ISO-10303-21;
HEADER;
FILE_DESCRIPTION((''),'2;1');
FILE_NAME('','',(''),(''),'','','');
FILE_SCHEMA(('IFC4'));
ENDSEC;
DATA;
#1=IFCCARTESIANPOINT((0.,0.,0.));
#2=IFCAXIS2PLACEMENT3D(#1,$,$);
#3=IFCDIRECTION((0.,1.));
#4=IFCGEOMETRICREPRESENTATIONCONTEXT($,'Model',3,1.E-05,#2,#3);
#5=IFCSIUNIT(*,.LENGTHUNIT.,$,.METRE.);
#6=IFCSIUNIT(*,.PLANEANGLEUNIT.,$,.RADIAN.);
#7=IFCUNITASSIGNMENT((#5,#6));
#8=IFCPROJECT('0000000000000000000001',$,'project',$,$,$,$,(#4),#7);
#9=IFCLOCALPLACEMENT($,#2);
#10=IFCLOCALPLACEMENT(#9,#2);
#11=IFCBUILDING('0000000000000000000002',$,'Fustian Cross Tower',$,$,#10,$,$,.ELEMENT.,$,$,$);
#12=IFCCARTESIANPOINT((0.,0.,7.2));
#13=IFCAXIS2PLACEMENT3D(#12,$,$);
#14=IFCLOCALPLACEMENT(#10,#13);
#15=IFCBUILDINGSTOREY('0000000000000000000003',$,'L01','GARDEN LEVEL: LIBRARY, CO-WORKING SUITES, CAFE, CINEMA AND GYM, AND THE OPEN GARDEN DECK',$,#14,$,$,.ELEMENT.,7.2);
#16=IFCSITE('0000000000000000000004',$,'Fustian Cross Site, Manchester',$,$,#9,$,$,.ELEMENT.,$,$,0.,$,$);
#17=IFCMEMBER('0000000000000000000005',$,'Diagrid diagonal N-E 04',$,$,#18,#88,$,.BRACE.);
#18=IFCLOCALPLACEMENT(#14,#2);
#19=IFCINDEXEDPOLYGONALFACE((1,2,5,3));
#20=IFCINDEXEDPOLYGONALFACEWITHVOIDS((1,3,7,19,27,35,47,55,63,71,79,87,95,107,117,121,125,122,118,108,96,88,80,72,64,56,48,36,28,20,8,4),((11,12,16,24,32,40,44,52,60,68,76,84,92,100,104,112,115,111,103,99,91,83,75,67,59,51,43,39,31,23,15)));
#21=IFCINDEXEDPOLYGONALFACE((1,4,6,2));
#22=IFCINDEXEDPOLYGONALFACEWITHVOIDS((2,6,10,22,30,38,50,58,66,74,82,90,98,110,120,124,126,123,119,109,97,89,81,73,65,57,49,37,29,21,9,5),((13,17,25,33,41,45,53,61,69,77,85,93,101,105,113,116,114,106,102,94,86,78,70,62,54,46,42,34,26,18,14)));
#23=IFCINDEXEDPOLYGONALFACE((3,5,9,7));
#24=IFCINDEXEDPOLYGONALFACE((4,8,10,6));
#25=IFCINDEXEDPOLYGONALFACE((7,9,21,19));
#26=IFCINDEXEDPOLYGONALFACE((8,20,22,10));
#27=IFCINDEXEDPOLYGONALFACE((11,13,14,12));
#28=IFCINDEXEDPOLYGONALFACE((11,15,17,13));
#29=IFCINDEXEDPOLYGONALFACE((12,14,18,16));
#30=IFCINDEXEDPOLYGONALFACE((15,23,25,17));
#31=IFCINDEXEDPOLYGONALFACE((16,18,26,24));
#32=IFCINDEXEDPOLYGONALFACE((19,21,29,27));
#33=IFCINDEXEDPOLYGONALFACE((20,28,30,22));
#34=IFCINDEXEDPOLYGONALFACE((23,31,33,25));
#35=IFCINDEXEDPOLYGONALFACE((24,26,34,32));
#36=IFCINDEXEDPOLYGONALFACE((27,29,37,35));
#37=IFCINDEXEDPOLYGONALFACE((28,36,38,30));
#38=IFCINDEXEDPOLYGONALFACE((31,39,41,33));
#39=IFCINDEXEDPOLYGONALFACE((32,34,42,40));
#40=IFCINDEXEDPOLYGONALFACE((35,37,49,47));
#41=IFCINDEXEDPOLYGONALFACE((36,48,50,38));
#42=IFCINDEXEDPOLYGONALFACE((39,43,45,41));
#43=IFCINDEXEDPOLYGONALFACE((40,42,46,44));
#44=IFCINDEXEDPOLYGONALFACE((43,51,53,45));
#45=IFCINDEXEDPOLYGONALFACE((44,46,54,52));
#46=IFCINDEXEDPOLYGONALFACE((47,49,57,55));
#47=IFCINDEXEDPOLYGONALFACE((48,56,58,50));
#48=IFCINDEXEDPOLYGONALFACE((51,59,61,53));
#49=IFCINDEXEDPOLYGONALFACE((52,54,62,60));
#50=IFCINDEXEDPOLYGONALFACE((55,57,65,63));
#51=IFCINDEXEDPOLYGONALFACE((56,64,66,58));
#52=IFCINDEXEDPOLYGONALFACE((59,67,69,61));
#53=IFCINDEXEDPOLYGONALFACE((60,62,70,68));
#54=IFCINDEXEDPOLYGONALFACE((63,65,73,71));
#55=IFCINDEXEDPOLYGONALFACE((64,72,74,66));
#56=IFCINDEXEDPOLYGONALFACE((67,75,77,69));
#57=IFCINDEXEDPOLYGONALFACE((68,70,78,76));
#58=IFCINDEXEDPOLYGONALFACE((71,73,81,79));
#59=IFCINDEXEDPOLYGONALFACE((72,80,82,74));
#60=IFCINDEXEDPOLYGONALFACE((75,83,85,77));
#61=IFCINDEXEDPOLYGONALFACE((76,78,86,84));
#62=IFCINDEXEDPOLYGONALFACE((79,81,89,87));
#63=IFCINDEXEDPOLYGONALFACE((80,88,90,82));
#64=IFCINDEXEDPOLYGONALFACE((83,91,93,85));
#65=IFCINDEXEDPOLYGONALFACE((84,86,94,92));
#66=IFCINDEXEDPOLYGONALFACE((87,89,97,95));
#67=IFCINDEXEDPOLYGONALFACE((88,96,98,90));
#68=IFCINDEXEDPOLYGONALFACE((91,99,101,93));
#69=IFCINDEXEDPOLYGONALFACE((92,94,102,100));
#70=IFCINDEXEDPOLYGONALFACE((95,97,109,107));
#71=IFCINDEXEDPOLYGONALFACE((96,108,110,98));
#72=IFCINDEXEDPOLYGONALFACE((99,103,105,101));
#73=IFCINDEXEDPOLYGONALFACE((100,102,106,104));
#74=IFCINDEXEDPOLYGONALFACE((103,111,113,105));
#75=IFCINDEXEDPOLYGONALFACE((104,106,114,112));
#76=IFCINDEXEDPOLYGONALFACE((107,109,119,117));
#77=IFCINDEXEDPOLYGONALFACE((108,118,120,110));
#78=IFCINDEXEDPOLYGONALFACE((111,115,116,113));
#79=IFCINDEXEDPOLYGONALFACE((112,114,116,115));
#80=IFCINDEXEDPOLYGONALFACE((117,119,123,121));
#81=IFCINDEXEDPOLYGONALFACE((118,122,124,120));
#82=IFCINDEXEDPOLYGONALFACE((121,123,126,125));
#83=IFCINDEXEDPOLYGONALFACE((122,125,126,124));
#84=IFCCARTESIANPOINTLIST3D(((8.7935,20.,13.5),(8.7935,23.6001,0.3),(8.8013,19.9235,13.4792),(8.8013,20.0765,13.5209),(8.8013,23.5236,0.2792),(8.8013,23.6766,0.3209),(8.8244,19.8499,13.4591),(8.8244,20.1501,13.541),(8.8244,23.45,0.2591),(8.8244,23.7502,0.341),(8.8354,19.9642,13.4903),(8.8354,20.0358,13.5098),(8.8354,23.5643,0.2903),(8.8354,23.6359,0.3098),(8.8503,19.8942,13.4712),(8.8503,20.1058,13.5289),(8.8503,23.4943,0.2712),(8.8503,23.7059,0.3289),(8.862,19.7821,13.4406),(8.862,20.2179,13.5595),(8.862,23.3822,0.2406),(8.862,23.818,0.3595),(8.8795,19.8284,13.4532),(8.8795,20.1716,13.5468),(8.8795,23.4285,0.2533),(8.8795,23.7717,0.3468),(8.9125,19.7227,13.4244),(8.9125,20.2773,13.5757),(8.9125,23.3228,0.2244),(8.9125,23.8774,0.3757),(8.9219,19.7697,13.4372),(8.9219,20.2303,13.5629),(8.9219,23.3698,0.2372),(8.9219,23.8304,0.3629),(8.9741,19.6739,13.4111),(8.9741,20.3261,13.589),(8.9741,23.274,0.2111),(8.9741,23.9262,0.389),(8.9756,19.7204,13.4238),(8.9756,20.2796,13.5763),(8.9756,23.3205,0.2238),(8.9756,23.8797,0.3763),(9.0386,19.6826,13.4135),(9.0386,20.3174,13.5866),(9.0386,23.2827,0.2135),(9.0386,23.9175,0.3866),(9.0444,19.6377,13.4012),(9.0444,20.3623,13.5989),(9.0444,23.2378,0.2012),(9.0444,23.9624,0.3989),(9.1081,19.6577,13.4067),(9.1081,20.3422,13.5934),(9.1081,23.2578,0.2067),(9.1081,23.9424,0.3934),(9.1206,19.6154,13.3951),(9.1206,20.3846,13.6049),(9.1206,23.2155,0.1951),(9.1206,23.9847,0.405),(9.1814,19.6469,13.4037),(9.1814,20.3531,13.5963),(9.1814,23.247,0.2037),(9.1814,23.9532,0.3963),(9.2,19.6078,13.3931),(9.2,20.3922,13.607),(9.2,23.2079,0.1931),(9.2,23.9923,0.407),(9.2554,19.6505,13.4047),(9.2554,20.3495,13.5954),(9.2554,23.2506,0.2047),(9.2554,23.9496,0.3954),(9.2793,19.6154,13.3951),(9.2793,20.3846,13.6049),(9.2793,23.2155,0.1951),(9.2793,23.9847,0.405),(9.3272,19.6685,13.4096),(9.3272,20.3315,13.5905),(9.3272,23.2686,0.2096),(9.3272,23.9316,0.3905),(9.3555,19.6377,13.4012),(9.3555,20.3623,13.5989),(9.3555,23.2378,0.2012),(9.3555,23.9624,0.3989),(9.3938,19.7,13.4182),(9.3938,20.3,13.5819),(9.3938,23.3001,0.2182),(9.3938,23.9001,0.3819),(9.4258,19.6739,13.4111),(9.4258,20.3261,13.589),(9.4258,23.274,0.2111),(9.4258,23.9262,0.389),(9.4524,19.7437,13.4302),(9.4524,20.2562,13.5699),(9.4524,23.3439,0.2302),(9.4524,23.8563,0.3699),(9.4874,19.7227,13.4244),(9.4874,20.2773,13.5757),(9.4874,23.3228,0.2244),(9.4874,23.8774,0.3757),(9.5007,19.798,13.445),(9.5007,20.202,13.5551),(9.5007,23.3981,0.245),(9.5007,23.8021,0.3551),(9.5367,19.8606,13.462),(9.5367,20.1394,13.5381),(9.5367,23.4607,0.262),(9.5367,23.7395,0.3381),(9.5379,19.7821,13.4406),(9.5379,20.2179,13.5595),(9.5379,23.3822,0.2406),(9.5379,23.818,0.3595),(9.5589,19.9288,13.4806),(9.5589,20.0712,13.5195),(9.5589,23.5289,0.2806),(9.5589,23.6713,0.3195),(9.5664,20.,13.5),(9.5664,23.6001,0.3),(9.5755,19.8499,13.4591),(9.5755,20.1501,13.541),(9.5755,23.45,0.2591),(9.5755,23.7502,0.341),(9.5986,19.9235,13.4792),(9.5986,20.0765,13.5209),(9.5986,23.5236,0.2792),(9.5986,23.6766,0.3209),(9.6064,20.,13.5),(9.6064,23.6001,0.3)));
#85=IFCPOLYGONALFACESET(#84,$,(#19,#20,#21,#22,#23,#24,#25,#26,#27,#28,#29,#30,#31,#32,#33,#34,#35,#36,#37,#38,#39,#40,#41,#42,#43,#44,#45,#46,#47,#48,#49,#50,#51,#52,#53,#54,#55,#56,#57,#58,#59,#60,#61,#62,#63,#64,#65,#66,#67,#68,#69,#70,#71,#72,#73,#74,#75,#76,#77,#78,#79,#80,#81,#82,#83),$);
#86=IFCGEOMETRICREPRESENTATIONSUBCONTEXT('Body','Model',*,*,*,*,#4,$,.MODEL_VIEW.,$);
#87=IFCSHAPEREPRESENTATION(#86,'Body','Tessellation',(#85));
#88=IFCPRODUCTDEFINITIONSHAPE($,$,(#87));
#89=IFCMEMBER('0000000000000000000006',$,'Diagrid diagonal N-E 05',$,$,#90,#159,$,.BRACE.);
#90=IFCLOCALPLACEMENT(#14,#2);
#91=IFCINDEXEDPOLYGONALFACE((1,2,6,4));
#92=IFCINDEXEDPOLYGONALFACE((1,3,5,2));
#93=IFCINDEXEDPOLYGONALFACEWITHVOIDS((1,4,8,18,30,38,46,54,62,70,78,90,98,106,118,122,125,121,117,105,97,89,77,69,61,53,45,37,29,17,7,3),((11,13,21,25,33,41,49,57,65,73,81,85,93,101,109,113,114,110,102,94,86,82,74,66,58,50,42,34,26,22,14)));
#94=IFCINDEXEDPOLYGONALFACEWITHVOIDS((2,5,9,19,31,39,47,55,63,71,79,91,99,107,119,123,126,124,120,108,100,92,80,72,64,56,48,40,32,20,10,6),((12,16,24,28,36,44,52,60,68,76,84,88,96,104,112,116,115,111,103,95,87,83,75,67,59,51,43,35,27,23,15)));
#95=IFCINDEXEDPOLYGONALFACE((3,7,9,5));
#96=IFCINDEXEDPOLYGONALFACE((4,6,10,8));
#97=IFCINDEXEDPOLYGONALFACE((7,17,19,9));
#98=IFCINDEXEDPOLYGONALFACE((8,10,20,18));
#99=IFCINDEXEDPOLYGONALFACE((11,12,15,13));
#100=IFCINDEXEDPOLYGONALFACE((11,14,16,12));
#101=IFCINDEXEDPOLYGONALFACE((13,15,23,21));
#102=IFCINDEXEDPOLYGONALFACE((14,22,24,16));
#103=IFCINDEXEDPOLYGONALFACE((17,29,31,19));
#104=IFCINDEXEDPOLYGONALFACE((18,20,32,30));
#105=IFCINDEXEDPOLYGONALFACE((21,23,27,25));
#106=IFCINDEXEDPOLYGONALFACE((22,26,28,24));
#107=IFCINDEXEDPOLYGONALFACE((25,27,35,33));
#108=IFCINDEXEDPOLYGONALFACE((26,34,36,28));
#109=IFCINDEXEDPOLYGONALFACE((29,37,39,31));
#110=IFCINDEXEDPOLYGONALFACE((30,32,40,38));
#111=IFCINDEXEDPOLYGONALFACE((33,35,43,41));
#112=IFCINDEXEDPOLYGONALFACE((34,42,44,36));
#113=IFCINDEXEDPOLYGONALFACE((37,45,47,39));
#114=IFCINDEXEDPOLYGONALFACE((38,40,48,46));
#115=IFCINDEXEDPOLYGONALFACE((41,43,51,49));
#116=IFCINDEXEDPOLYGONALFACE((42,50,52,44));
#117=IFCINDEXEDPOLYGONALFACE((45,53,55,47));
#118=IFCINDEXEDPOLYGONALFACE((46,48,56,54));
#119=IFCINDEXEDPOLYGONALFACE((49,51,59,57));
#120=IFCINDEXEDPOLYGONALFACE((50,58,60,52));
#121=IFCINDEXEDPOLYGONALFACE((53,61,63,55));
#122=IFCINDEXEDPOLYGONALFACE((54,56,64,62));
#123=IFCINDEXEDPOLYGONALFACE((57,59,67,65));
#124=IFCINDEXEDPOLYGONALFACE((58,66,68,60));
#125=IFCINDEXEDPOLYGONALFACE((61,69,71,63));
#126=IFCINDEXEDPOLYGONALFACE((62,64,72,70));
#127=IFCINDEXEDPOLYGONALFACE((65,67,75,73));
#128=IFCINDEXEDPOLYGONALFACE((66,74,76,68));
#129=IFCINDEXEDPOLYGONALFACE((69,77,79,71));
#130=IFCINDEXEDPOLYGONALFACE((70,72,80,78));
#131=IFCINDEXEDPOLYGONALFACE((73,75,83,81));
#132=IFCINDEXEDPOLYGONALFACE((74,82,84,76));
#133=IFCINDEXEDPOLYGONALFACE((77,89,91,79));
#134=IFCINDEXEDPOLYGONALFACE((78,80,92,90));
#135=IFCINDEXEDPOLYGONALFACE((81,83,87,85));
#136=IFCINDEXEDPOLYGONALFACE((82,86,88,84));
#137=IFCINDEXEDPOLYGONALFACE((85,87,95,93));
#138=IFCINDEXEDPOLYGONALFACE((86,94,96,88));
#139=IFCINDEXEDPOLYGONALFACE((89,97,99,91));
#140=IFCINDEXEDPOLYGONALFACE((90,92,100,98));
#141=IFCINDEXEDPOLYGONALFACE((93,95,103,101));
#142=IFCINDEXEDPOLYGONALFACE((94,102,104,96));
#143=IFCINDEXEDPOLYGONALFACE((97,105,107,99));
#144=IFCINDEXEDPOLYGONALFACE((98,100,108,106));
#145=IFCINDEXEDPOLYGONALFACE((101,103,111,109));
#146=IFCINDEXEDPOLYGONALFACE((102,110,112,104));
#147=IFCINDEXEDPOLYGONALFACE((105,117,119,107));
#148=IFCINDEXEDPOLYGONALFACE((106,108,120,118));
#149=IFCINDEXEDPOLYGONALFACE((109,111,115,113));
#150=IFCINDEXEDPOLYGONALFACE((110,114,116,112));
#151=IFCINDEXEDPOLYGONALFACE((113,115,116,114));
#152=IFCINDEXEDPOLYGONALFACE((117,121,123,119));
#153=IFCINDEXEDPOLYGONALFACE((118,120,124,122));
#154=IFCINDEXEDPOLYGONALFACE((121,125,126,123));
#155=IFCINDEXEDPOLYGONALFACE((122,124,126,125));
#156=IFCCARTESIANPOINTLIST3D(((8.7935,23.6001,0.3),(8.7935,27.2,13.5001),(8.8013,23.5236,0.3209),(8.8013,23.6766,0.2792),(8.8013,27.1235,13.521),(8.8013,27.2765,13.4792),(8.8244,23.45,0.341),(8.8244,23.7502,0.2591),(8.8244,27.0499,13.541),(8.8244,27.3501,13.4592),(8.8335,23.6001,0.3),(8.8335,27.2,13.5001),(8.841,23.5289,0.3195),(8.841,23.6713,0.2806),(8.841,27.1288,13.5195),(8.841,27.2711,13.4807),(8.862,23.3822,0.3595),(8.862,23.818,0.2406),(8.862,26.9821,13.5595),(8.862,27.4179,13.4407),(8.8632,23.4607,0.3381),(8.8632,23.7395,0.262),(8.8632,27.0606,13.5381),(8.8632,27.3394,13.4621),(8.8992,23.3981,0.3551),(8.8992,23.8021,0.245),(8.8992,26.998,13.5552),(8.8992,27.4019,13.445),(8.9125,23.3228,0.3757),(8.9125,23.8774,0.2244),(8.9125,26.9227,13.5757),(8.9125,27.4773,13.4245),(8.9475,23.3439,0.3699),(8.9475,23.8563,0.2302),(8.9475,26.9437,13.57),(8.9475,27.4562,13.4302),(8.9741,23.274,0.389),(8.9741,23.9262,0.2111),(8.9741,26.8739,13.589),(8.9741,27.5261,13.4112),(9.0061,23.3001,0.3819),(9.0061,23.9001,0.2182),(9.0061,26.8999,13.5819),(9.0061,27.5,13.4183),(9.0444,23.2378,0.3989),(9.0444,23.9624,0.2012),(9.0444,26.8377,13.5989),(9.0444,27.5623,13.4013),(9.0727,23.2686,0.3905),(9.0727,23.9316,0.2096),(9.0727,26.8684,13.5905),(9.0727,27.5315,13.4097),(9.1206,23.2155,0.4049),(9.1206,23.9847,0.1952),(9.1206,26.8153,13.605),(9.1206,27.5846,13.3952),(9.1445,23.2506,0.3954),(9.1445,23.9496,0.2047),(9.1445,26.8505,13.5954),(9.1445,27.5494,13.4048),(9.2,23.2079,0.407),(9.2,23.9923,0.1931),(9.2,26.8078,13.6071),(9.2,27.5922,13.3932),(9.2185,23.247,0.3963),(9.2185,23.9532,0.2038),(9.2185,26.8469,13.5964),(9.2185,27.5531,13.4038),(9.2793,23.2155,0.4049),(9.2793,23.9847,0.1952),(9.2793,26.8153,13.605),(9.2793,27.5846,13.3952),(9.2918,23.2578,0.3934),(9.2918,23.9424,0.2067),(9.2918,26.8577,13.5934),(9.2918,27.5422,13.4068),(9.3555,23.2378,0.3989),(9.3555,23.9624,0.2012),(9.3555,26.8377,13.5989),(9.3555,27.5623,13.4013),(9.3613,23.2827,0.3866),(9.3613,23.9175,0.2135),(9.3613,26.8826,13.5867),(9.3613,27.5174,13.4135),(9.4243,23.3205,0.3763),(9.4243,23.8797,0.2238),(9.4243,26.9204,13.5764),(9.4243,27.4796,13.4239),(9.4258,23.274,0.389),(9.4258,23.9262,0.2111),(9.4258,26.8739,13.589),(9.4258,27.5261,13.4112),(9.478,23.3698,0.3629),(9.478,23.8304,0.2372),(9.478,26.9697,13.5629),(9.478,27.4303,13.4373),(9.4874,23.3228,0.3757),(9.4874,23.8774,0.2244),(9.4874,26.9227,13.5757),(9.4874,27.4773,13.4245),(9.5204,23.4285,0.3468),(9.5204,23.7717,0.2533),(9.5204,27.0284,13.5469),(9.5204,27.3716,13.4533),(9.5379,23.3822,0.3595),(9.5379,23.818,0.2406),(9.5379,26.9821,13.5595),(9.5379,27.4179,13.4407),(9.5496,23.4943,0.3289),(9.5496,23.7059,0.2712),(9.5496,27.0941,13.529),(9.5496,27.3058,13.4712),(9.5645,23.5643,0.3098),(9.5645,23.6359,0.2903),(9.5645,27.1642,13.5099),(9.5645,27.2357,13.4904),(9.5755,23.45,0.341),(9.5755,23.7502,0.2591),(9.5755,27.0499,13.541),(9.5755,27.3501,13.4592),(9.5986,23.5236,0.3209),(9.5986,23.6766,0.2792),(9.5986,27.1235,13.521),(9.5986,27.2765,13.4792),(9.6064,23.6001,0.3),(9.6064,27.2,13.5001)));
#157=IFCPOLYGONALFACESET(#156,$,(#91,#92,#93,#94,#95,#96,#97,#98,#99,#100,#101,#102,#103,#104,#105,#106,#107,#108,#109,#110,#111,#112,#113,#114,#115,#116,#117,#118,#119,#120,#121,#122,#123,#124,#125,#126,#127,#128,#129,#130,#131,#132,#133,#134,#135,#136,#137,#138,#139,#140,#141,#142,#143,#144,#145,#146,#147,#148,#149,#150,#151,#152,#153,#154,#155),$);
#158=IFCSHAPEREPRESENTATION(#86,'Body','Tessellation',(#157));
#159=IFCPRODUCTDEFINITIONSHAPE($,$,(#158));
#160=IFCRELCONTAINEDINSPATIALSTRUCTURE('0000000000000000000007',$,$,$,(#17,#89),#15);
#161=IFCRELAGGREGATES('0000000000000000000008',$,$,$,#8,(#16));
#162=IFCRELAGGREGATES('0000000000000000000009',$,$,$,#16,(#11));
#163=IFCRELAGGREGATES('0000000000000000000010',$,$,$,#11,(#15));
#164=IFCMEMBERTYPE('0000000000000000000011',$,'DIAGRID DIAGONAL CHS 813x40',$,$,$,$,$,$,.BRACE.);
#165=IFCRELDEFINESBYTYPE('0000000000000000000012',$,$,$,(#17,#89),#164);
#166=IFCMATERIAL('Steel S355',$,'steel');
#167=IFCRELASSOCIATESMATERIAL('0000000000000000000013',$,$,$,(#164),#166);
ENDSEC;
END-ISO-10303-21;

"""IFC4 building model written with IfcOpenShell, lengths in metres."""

from ifc_helpers import new_model, si_unit, direction, frame, origin, origin_2d, place, context, subcontext, project, spatial, hollow_circle, extrude, material, material_profile, profile_set, type_object, element, save


model = new_model("IFC4")

# Units and contexts
model_context = context("Model", 3, precision=1e-05, world=origin(), true_north=direction((0.0, 1.0)))
body_context = subcontext(model_context, "Body", "Model", "MODEL_VIEW")
ifc_project = project(units=[si_unit("LENGTHUNIT", "METRE"), si_unit("PLANEANGLEUNIT", "RADIAN")], contexts=[model_context])

# Site, building, storey
site_placement = place(None, origin())
site = spatial("IfcSite", under=ifc_project, at=site_placement, Name="Fustian Cross Site, Manchester", CompositionType="ELEMENT", RefElevation=0.0)
building_placement = place(site_placement, origin())
building = spatial("IfcBuilding", under=site, at=building_placement, Name="Fustian Cross Tower", CompositionType="ELEMENT")
storey_placement = place(building_placement, frame((0.0, 0.0, 7.2)))
storey = spatial("IfcBuildingStorey", under=building, at=storey_placement, Name="L01", Description="GARDEN LEVEL: LIBRARY, CO-WORKING SUITES, CAFE, CINEMA AND GYM, AND THE OPEN GARDEN DECK", CompositionType="ELEMENT", Elevation=7.2)

# Members
ifc_material_1 = material(Name="Steel S355", Category="steel")
ifc_material_profile_1 = material_profile(ifc_material_1, hollow_circle(Radius=0.4065, WallThickness=0.04, at=origin_2d()), Name="CHS 813x40")
ifc_profile_set_1 = profile_set([ifc_material_profile_1], Name="Steel S355")
member_type_1 = type_object("IfcMemberType", Name="DIAGRID DIAGONAL CHS 813x40", PredefinedType="BRACE", material=ifc_profile_set_1)
for number, where, z_axis, x_axis, name in (
    (1, (9.2, 23.6001, 0.3), (0.0, -0.263125, 0.964762), (1.0, 0.0, 0.0), "Diagrid diagonal N-E 04"),
    (2, (9.2, 23.6001, 0.3), (0.0, 0.263108, 0.964766), (-1.0, 0.0, 0.0), "Diagrid diagonal N-E 05"),
):
    element("IfcMember", number, at=place(storey_placement, frame(where, z_axis=z_axis, x_axis=x_axis)), inside=storey, type_object=member_type_1, Name=name, PredefinedType="BRACE", context=body_context, shape_type="SweptSolid", body=[
        extrude(hollow_circle(Radius=0.4065, WallThickness=0.04, at=origin_2d()), origin(), (0.0, 0.0, 1.0), 13.6821),
    ])

save(model, "model.ifc")
